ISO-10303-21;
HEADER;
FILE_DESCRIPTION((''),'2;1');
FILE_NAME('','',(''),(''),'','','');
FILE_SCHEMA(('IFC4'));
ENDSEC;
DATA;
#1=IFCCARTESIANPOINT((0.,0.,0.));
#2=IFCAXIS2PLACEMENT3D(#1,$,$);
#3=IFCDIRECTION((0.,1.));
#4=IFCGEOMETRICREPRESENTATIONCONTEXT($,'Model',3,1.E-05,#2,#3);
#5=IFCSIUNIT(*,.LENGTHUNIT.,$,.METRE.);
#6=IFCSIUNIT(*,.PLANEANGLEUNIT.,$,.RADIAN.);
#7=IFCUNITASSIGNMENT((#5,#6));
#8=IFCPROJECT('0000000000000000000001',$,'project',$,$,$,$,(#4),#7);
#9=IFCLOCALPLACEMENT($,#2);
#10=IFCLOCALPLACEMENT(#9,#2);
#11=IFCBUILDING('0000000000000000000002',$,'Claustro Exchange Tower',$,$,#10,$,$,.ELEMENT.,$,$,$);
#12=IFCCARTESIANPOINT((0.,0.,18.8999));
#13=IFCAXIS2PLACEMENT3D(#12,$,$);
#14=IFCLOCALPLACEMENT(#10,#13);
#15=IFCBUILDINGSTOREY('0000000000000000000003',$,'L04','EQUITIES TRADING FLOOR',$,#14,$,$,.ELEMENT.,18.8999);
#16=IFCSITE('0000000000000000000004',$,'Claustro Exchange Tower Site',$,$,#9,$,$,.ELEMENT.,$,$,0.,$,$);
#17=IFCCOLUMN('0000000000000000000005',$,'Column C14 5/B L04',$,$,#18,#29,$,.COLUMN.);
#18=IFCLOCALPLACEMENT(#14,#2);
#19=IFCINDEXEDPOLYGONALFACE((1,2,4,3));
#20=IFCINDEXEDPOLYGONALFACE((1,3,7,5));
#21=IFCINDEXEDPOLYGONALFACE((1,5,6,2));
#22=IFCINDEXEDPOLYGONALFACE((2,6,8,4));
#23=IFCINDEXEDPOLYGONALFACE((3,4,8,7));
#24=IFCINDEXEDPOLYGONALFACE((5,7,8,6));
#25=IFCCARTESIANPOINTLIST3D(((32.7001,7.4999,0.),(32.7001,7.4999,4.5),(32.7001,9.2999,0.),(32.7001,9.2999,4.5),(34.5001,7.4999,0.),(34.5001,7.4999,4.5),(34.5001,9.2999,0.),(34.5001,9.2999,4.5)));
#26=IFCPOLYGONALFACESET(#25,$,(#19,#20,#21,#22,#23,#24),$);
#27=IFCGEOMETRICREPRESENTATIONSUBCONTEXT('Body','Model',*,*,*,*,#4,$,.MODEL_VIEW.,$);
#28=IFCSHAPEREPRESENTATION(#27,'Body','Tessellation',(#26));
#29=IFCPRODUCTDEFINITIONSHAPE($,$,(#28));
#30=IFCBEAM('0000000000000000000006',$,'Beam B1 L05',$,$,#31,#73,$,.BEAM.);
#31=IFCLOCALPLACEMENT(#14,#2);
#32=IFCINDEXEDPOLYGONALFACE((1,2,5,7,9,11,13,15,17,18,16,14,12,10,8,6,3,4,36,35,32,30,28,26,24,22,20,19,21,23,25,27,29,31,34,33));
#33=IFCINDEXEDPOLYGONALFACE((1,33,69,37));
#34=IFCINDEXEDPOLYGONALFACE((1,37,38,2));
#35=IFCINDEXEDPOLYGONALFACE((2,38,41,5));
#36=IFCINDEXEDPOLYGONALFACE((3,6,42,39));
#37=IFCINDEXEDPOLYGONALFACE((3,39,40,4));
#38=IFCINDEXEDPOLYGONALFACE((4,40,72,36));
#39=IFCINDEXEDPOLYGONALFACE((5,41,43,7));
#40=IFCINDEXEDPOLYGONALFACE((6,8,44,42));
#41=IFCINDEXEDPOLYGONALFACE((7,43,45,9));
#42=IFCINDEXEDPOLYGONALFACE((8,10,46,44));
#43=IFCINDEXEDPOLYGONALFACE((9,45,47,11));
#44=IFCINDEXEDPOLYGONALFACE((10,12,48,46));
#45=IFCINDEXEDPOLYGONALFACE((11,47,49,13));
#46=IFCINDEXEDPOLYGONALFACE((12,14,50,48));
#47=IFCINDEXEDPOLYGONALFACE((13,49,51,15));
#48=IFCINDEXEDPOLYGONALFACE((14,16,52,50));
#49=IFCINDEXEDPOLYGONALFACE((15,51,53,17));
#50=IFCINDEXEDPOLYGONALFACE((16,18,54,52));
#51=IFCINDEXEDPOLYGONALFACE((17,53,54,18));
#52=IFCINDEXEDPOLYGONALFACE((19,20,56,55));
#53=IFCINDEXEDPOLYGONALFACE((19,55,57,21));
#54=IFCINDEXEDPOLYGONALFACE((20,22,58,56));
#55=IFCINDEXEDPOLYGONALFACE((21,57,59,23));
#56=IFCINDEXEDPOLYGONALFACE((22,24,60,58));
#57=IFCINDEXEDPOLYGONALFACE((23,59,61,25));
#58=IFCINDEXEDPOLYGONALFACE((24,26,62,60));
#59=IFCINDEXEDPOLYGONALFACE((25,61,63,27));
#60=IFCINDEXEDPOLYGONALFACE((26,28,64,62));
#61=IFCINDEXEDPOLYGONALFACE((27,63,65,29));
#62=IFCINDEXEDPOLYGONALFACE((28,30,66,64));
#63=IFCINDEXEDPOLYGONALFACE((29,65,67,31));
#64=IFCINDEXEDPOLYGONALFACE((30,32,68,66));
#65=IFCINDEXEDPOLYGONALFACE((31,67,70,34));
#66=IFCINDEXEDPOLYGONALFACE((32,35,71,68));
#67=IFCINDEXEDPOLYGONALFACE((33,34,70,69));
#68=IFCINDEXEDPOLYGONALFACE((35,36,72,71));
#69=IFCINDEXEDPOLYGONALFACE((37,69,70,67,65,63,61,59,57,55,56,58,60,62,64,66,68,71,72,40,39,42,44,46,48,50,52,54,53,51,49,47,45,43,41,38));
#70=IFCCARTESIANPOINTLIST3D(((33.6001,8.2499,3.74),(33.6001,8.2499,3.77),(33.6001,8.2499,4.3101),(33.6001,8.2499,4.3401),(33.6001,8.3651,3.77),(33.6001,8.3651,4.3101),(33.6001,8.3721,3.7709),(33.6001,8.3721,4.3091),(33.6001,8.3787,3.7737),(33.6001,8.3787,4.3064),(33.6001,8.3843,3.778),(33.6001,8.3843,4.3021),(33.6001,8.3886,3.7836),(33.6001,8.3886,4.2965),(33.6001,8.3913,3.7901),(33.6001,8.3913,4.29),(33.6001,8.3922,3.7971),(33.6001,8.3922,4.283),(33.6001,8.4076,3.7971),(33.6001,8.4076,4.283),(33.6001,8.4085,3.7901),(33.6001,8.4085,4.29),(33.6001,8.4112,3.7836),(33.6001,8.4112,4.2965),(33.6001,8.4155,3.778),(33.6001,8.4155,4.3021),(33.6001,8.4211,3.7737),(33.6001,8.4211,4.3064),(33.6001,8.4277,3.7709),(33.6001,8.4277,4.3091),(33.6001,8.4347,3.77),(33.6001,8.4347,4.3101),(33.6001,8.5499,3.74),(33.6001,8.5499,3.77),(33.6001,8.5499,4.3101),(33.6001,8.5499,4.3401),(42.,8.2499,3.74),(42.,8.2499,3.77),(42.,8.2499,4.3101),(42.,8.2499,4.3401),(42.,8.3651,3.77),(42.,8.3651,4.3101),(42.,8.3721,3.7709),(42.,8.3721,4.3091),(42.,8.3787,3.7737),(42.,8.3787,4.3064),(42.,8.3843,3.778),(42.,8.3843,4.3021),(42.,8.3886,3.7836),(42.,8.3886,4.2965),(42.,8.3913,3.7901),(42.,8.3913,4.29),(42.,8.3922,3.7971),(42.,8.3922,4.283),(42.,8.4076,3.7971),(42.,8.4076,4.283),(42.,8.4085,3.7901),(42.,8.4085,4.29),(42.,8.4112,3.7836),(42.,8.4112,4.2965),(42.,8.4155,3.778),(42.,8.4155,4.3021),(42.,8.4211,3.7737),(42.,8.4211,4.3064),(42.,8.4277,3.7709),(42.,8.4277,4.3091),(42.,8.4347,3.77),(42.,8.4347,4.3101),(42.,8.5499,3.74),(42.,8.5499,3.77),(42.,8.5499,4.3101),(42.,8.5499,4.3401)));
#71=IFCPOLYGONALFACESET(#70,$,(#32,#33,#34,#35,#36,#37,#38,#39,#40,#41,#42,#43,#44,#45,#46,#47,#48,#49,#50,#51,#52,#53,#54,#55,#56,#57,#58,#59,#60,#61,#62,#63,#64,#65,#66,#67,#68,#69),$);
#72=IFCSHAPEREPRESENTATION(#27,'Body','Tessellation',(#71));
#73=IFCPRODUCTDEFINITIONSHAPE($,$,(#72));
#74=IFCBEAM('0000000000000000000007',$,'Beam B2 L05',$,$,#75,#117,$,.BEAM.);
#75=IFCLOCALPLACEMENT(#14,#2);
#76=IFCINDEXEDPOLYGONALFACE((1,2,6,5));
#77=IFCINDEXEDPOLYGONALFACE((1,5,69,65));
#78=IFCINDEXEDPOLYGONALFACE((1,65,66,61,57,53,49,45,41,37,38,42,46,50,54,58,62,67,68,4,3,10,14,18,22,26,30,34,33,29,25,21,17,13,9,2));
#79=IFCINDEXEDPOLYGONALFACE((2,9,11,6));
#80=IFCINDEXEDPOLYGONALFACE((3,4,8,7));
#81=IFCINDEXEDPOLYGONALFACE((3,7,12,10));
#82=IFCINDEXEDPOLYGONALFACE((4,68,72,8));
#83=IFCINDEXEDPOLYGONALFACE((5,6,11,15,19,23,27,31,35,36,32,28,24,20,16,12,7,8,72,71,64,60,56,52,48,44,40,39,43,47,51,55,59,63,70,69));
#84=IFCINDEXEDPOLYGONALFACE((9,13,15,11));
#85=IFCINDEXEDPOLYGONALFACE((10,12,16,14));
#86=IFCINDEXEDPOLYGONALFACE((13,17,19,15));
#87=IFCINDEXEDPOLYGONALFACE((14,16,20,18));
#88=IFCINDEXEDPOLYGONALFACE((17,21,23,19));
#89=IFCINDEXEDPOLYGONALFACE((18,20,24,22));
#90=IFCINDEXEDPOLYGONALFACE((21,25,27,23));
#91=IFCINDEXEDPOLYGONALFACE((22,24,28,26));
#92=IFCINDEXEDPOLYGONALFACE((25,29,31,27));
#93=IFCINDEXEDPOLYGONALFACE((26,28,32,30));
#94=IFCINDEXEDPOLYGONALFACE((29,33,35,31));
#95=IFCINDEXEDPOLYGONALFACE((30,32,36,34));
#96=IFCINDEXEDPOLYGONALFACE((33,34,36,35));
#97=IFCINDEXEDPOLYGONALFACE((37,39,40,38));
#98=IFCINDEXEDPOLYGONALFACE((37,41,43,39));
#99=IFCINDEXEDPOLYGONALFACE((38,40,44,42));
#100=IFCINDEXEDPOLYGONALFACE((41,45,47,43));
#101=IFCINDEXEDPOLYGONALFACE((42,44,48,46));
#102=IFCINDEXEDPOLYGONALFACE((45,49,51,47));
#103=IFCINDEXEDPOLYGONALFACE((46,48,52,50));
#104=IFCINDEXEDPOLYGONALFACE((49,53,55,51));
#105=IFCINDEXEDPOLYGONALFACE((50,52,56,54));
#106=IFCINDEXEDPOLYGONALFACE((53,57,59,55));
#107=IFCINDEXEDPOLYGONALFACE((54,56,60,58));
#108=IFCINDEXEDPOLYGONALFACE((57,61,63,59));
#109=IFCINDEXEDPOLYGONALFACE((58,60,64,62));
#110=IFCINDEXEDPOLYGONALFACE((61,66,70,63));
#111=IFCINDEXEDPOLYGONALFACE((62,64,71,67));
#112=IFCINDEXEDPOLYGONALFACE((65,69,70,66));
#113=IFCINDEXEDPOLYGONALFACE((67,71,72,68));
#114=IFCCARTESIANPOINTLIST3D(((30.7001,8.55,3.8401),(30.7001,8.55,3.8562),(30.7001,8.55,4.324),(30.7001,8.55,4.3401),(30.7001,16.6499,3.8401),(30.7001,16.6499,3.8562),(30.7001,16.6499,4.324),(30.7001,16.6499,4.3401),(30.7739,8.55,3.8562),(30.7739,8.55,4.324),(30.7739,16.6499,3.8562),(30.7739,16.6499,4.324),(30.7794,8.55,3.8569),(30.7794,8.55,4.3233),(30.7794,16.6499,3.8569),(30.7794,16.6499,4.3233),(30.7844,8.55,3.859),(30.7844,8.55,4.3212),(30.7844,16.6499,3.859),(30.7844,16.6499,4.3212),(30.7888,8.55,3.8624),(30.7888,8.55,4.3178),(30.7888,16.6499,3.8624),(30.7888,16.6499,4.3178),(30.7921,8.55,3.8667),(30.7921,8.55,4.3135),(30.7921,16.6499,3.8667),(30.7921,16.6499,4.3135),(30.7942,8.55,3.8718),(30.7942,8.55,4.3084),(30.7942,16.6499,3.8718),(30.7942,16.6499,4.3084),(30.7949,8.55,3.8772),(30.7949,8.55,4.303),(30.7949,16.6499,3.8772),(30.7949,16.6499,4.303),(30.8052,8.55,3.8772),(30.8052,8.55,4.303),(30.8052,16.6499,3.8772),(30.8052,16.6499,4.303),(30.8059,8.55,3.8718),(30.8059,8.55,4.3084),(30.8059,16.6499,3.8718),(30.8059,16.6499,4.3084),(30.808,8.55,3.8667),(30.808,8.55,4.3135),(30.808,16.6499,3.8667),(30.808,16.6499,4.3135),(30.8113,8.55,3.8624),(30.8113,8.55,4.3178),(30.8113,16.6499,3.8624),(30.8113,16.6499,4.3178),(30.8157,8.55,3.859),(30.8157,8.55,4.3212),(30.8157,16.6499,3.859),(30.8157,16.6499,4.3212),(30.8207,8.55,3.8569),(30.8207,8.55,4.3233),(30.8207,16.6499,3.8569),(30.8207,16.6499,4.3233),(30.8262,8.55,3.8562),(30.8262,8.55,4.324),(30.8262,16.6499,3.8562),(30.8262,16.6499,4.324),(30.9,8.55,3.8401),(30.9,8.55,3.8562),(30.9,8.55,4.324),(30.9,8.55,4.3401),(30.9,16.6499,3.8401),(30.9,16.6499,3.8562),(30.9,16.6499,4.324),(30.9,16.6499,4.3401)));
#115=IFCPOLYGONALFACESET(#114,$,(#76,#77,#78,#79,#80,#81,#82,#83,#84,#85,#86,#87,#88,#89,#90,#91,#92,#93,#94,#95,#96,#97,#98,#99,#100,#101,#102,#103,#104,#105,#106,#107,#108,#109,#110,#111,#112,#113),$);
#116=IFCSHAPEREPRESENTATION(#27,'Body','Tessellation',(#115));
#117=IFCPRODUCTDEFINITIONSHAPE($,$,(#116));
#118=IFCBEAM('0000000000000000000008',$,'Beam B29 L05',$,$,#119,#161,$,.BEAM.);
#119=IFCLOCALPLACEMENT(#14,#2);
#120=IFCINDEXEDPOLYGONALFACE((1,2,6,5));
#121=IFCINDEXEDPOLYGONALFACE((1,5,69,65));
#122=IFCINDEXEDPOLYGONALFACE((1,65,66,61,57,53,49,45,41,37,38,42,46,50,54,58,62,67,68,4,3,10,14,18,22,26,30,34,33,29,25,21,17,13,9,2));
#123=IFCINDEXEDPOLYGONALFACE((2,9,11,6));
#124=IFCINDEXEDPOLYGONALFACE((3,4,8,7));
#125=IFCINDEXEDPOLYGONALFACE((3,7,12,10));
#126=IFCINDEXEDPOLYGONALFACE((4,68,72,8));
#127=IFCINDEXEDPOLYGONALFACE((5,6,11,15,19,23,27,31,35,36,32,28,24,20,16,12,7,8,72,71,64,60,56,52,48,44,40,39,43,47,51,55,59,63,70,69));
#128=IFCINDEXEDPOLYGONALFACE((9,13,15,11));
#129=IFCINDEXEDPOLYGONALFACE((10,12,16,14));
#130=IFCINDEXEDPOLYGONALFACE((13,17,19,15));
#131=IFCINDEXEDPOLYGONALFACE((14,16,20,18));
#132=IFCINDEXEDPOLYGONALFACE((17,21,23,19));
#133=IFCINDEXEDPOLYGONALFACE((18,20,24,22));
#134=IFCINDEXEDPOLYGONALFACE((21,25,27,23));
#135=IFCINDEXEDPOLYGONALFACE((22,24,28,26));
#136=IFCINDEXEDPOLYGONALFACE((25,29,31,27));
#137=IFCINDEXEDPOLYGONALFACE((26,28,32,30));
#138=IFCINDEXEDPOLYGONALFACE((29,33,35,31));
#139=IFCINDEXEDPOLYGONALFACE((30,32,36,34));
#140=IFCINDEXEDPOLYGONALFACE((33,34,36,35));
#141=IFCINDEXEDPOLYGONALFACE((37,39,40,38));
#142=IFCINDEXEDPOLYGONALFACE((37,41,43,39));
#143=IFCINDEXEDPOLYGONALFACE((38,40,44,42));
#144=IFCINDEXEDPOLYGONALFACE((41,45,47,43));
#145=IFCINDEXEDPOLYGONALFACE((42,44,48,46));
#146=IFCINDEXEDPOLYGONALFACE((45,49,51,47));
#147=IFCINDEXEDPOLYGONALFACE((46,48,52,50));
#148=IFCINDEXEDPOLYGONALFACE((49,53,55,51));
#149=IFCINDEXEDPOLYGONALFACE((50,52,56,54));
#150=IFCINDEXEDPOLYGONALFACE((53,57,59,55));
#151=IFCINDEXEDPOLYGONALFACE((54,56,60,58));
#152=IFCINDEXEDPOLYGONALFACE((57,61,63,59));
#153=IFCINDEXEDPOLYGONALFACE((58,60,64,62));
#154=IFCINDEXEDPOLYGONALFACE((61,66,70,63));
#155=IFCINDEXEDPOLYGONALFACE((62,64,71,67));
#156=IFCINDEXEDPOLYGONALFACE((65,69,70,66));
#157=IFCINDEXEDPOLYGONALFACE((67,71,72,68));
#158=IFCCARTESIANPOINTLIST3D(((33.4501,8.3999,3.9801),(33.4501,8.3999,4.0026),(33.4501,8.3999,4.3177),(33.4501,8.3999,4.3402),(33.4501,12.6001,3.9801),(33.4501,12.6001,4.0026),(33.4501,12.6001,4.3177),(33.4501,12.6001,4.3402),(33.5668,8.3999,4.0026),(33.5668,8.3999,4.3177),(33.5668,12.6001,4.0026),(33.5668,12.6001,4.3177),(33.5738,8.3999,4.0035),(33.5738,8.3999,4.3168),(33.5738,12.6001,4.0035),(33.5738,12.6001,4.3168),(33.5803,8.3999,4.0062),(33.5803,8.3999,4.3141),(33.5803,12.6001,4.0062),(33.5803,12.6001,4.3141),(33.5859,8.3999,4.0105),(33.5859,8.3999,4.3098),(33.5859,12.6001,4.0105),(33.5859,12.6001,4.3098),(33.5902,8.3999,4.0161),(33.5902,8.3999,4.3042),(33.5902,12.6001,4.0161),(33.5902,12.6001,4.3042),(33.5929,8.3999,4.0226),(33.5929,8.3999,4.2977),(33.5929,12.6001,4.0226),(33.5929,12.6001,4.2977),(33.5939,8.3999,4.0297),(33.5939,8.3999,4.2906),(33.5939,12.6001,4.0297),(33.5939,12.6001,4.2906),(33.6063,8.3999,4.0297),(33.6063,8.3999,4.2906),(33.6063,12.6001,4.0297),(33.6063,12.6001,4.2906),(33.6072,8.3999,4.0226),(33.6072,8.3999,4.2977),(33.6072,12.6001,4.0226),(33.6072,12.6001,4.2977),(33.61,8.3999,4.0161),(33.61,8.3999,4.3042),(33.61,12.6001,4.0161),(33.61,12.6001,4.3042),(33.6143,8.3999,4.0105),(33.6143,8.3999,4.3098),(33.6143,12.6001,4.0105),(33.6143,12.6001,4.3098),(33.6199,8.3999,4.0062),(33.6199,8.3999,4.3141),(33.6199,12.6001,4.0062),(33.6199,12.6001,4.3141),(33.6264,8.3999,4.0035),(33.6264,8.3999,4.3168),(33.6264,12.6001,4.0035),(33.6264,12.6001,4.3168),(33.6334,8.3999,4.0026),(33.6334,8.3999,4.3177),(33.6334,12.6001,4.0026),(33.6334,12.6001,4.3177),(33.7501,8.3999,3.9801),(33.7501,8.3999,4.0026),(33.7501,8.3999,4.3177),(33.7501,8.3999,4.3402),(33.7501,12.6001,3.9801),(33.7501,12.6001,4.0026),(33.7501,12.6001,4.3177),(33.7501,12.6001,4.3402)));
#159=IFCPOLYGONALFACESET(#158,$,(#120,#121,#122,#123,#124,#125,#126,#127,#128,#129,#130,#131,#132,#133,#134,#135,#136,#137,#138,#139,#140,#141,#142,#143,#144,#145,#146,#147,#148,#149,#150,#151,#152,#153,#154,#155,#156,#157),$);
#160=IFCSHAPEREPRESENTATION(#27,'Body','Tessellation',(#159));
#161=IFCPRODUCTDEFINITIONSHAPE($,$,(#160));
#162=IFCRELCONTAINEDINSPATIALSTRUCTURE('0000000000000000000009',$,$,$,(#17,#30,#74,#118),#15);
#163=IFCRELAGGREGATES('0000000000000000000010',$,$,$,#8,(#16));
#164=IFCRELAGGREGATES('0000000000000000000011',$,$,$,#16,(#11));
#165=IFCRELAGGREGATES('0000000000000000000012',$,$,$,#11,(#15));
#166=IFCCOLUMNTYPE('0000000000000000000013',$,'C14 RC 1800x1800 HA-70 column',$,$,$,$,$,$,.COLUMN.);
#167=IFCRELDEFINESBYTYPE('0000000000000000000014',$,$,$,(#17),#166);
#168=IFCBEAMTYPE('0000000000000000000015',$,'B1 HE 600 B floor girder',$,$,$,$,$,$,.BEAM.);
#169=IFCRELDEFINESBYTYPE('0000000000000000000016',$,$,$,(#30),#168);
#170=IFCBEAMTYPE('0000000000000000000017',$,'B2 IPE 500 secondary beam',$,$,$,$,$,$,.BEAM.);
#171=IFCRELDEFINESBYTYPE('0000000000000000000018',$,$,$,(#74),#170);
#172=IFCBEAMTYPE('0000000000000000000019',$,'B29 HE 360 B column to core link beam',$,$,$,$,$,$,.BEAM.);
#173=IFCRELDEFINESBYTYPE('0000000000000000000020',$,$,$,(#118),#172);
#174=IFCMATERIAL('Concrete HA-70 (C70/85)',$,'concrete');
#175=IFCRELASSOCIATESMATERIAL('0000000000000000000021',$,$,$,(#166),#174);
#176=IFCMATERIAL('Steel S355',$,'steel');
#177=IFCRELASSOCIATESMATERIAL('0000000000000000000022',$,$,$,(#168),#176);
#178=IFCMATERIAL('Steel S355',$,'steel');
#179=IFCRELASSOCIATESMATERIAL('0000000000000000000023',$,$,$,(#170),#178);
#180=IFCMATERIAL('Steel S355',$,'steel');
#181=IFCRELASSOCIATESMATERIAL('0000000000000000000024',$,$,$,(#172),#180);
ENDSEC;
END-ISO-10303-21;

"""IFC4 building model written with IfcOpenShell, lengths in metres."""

from ifc_helpers import new_model, si_unit, direction, frame, origin, origin_2d, place, context, subcontext, project, spatial, rectangle, i_section, extrude, material, material_profile, profile_set, type_object, element, save


model = new_model("IFC4")

# Units and contexts
model_context = context("Model", 3, precision=1e-05, world=origin(), true_north=direction((0.0, 1.0)))
body_context = subcontext(model_context, "Body", "Model", "MODEL_VIEW")
ifc_project = project(units=[si_unit("LENGTHUNIT", "METRE"), si_unit("PLANEANGLEUNIT", "RADIAN")], contexts=[model_context])

# Site, building, storey
site_placement = place(None, origin())
site = spatial("IfcSite", under=ifc_project, at=site_placement, Name="Claustro Exchange Tower Site", CompositionType="ELEMENT", RefElevation=0.0)
building_placement = place(site_placement, origin())
building = spatial("IfcBuilding", under=site, at=building_placement, Name="Claustro Exchange Tower", CompositionType="ELEMENT")
storey_placement = place(building_placement, frame((0.0, 0.0, 18.8999)))
storey = spatial("IfcBuildingStorey", under=building, at=storey_placement, Name="L04", Description="EQUITIES TRADING FLOOR", CompositionType="ELEMENT", Elevation=18.8999)

# Column
ifc_material_1 = material(Name="Concrete HA-70 (C70/85)", Category="concrete")
ifc_material_profile_1 = material_profile(ifc_material_1, rectangle(XDim=1.8, YDim=1.8, at=origin_2d()), Name="RC 1800x1800")
ifc_profile_set_1 = profile_set([ifc_material_profile_1], Name="Concrete HA-70 (C70/85)")
column_type = type_object("IfcColumnType", Name="C14 RC 1800x1800 HA-70 column", PredefinedType="COLUMN", material=ifc_profile_set_1)
column_placement = place(storey_placement, frame((33.6001, 8.3999, 0.0), z_axis=(0.0, 0.0, 1.0), x_axis=(1.0, 0.0, 0.0)))
element("IfcColumn", 1, at=column_placement, inside=storey, type_object=column_type, Name="Column C14 5/B L04", PredefinedType="COLUMN", context=body_context, shape_type="SweptSolid", body=[
    extrude(rectangle(XDim=1.8, YDim=1.8, at=origin_2d()), origin(), (0.0, 0.0, 1.0), 4.5),
])

# Beams
ifc_material_2 = material(Name="Steel S355", Category="steel")
ifc_material_profile_2 = material_profile(ifc_material_2, i_section(OverallWidth=0.3, OverallDepth=0.6001, WebThickness=0.0154, FlangeThickness=0.03, FilletRadius=0.0271, at=origin_2d()), Name="HE 600 B")
ifc_profile_set_2 = profile_set([ifc_material_profile_2], Name="Steel S355")
beam_type_1 = type_object("IfcBeamType", Name="B1 HE 600 B floor girder", PredefinedType="BEAM", material=ifc_profile_set_2)
beam_1_placement = place(storey_placement, frame((33.6001, 8.3999, 4.04), z_axis=(1.0, 0.0, 0.0), x_axis=(0.0, 1.0, 0.0)))
element("IfcBeam", 2, at=beam_1_placement, inside=storey, type_object=beam_type_1, Name="Beam B1 L05", PredefinedType="BEAM", context=body_context, shape_type="SweptSolid", body=[
    extrude(i_section(OverallWidth=0.3, OverallDepth=0.6001, WebThickness=0.0154, FlangeThickness=0.03, FilletRadius=0.0271, at=origin_2d()), origin(), (0.0, 0.0, 1.0), 8.3999),
])
ifc_material_3 = material(Name="Steel S355", Category="steel")
ifc_material_profile_3 = material_profile(ifc_material_3, i_section(OverallWidth=0.2, OverallDepth=0.5, WebThickness=0.0103, FlangeThickness=0.0161, FilletRadius=0.021, at=origin_2d()), Name="IPE 500")
ifc_profile_set_3 = profile_set([ifc_material_profile_3], Name="Steel S355")
beam_type_2 = type_object("IfcBeamType", Name="B2 IPE 500 secondary beam", PredefinedType="BEAM", material=ifc_profile_set_3)
beam_2_placement = place(storey_placement, frame((30.8, 8.55, 4.0901), z_axis=(0.0, 1.0, 0.0), x_axis=(-1.0, 0.0, 0.0)))
element("IfcBeam", 3, at=beam_2_placement, inside=storey, type_object=beam_type_2, Name="Beam B2 L05", PredefinedType="BEAM", context=body_context, shape_type="SweptSolid", body=[
    extrude(i_section(OverallWidth=0.2, OverallDepth=0.5, WebThickness=0.0103, FlangeThickness=0.0161, FilletRadius=0.021, at=origin_2d()), origin(), (0.0, 0.0, 1.0), 8.0999),
])
ifc_material_4 = material(Name="Steel S355", Category="steel")
ifc_material_profile_4 = material_profile(ifc_material_4, i_section(OverallWidth=0.3, OverallDepth=0.3601, WebThickness=0.0125, FlangeThickness=0.0225, FilletRadius=0.0271, at=origin_2d()), Name="HE 360 B")
ifc_profile_set_4 = profile_set([ifc_material_profile_4], Name="Steel S355")
beam_type_3 = type_object("IfcBeamType", Name="B29 HE 360 B column to core link beam", PredefinedType="BEAM", material=ifc_profile_set_4)
beam_3_placement = place(storey_placement, frame((33.6001, 8.3999, 4.1602), z_axis=(0.0, 1.0, 0.0), x_axis=(-1.0, 0.0, 0.0)))
element("IfcBeam", 4, at=beam_3_placement, inside=storey, type_object=beam_type_3, Name="Beam B29 L05", PredefinedType="BEAM", context=body_context, shape_type="SweptSolid", body=[
    extrude(i_section(OverallWidth=0.3, OverallDepth=0.3601, WebThickness=0.0125, FlangeThickness=0.0225, FilletRadius=0.0271, at=origin_2d()), origin(), (0.0, 0.0, 1.0), 4.2002),
])

save(model, "model.ifc")
